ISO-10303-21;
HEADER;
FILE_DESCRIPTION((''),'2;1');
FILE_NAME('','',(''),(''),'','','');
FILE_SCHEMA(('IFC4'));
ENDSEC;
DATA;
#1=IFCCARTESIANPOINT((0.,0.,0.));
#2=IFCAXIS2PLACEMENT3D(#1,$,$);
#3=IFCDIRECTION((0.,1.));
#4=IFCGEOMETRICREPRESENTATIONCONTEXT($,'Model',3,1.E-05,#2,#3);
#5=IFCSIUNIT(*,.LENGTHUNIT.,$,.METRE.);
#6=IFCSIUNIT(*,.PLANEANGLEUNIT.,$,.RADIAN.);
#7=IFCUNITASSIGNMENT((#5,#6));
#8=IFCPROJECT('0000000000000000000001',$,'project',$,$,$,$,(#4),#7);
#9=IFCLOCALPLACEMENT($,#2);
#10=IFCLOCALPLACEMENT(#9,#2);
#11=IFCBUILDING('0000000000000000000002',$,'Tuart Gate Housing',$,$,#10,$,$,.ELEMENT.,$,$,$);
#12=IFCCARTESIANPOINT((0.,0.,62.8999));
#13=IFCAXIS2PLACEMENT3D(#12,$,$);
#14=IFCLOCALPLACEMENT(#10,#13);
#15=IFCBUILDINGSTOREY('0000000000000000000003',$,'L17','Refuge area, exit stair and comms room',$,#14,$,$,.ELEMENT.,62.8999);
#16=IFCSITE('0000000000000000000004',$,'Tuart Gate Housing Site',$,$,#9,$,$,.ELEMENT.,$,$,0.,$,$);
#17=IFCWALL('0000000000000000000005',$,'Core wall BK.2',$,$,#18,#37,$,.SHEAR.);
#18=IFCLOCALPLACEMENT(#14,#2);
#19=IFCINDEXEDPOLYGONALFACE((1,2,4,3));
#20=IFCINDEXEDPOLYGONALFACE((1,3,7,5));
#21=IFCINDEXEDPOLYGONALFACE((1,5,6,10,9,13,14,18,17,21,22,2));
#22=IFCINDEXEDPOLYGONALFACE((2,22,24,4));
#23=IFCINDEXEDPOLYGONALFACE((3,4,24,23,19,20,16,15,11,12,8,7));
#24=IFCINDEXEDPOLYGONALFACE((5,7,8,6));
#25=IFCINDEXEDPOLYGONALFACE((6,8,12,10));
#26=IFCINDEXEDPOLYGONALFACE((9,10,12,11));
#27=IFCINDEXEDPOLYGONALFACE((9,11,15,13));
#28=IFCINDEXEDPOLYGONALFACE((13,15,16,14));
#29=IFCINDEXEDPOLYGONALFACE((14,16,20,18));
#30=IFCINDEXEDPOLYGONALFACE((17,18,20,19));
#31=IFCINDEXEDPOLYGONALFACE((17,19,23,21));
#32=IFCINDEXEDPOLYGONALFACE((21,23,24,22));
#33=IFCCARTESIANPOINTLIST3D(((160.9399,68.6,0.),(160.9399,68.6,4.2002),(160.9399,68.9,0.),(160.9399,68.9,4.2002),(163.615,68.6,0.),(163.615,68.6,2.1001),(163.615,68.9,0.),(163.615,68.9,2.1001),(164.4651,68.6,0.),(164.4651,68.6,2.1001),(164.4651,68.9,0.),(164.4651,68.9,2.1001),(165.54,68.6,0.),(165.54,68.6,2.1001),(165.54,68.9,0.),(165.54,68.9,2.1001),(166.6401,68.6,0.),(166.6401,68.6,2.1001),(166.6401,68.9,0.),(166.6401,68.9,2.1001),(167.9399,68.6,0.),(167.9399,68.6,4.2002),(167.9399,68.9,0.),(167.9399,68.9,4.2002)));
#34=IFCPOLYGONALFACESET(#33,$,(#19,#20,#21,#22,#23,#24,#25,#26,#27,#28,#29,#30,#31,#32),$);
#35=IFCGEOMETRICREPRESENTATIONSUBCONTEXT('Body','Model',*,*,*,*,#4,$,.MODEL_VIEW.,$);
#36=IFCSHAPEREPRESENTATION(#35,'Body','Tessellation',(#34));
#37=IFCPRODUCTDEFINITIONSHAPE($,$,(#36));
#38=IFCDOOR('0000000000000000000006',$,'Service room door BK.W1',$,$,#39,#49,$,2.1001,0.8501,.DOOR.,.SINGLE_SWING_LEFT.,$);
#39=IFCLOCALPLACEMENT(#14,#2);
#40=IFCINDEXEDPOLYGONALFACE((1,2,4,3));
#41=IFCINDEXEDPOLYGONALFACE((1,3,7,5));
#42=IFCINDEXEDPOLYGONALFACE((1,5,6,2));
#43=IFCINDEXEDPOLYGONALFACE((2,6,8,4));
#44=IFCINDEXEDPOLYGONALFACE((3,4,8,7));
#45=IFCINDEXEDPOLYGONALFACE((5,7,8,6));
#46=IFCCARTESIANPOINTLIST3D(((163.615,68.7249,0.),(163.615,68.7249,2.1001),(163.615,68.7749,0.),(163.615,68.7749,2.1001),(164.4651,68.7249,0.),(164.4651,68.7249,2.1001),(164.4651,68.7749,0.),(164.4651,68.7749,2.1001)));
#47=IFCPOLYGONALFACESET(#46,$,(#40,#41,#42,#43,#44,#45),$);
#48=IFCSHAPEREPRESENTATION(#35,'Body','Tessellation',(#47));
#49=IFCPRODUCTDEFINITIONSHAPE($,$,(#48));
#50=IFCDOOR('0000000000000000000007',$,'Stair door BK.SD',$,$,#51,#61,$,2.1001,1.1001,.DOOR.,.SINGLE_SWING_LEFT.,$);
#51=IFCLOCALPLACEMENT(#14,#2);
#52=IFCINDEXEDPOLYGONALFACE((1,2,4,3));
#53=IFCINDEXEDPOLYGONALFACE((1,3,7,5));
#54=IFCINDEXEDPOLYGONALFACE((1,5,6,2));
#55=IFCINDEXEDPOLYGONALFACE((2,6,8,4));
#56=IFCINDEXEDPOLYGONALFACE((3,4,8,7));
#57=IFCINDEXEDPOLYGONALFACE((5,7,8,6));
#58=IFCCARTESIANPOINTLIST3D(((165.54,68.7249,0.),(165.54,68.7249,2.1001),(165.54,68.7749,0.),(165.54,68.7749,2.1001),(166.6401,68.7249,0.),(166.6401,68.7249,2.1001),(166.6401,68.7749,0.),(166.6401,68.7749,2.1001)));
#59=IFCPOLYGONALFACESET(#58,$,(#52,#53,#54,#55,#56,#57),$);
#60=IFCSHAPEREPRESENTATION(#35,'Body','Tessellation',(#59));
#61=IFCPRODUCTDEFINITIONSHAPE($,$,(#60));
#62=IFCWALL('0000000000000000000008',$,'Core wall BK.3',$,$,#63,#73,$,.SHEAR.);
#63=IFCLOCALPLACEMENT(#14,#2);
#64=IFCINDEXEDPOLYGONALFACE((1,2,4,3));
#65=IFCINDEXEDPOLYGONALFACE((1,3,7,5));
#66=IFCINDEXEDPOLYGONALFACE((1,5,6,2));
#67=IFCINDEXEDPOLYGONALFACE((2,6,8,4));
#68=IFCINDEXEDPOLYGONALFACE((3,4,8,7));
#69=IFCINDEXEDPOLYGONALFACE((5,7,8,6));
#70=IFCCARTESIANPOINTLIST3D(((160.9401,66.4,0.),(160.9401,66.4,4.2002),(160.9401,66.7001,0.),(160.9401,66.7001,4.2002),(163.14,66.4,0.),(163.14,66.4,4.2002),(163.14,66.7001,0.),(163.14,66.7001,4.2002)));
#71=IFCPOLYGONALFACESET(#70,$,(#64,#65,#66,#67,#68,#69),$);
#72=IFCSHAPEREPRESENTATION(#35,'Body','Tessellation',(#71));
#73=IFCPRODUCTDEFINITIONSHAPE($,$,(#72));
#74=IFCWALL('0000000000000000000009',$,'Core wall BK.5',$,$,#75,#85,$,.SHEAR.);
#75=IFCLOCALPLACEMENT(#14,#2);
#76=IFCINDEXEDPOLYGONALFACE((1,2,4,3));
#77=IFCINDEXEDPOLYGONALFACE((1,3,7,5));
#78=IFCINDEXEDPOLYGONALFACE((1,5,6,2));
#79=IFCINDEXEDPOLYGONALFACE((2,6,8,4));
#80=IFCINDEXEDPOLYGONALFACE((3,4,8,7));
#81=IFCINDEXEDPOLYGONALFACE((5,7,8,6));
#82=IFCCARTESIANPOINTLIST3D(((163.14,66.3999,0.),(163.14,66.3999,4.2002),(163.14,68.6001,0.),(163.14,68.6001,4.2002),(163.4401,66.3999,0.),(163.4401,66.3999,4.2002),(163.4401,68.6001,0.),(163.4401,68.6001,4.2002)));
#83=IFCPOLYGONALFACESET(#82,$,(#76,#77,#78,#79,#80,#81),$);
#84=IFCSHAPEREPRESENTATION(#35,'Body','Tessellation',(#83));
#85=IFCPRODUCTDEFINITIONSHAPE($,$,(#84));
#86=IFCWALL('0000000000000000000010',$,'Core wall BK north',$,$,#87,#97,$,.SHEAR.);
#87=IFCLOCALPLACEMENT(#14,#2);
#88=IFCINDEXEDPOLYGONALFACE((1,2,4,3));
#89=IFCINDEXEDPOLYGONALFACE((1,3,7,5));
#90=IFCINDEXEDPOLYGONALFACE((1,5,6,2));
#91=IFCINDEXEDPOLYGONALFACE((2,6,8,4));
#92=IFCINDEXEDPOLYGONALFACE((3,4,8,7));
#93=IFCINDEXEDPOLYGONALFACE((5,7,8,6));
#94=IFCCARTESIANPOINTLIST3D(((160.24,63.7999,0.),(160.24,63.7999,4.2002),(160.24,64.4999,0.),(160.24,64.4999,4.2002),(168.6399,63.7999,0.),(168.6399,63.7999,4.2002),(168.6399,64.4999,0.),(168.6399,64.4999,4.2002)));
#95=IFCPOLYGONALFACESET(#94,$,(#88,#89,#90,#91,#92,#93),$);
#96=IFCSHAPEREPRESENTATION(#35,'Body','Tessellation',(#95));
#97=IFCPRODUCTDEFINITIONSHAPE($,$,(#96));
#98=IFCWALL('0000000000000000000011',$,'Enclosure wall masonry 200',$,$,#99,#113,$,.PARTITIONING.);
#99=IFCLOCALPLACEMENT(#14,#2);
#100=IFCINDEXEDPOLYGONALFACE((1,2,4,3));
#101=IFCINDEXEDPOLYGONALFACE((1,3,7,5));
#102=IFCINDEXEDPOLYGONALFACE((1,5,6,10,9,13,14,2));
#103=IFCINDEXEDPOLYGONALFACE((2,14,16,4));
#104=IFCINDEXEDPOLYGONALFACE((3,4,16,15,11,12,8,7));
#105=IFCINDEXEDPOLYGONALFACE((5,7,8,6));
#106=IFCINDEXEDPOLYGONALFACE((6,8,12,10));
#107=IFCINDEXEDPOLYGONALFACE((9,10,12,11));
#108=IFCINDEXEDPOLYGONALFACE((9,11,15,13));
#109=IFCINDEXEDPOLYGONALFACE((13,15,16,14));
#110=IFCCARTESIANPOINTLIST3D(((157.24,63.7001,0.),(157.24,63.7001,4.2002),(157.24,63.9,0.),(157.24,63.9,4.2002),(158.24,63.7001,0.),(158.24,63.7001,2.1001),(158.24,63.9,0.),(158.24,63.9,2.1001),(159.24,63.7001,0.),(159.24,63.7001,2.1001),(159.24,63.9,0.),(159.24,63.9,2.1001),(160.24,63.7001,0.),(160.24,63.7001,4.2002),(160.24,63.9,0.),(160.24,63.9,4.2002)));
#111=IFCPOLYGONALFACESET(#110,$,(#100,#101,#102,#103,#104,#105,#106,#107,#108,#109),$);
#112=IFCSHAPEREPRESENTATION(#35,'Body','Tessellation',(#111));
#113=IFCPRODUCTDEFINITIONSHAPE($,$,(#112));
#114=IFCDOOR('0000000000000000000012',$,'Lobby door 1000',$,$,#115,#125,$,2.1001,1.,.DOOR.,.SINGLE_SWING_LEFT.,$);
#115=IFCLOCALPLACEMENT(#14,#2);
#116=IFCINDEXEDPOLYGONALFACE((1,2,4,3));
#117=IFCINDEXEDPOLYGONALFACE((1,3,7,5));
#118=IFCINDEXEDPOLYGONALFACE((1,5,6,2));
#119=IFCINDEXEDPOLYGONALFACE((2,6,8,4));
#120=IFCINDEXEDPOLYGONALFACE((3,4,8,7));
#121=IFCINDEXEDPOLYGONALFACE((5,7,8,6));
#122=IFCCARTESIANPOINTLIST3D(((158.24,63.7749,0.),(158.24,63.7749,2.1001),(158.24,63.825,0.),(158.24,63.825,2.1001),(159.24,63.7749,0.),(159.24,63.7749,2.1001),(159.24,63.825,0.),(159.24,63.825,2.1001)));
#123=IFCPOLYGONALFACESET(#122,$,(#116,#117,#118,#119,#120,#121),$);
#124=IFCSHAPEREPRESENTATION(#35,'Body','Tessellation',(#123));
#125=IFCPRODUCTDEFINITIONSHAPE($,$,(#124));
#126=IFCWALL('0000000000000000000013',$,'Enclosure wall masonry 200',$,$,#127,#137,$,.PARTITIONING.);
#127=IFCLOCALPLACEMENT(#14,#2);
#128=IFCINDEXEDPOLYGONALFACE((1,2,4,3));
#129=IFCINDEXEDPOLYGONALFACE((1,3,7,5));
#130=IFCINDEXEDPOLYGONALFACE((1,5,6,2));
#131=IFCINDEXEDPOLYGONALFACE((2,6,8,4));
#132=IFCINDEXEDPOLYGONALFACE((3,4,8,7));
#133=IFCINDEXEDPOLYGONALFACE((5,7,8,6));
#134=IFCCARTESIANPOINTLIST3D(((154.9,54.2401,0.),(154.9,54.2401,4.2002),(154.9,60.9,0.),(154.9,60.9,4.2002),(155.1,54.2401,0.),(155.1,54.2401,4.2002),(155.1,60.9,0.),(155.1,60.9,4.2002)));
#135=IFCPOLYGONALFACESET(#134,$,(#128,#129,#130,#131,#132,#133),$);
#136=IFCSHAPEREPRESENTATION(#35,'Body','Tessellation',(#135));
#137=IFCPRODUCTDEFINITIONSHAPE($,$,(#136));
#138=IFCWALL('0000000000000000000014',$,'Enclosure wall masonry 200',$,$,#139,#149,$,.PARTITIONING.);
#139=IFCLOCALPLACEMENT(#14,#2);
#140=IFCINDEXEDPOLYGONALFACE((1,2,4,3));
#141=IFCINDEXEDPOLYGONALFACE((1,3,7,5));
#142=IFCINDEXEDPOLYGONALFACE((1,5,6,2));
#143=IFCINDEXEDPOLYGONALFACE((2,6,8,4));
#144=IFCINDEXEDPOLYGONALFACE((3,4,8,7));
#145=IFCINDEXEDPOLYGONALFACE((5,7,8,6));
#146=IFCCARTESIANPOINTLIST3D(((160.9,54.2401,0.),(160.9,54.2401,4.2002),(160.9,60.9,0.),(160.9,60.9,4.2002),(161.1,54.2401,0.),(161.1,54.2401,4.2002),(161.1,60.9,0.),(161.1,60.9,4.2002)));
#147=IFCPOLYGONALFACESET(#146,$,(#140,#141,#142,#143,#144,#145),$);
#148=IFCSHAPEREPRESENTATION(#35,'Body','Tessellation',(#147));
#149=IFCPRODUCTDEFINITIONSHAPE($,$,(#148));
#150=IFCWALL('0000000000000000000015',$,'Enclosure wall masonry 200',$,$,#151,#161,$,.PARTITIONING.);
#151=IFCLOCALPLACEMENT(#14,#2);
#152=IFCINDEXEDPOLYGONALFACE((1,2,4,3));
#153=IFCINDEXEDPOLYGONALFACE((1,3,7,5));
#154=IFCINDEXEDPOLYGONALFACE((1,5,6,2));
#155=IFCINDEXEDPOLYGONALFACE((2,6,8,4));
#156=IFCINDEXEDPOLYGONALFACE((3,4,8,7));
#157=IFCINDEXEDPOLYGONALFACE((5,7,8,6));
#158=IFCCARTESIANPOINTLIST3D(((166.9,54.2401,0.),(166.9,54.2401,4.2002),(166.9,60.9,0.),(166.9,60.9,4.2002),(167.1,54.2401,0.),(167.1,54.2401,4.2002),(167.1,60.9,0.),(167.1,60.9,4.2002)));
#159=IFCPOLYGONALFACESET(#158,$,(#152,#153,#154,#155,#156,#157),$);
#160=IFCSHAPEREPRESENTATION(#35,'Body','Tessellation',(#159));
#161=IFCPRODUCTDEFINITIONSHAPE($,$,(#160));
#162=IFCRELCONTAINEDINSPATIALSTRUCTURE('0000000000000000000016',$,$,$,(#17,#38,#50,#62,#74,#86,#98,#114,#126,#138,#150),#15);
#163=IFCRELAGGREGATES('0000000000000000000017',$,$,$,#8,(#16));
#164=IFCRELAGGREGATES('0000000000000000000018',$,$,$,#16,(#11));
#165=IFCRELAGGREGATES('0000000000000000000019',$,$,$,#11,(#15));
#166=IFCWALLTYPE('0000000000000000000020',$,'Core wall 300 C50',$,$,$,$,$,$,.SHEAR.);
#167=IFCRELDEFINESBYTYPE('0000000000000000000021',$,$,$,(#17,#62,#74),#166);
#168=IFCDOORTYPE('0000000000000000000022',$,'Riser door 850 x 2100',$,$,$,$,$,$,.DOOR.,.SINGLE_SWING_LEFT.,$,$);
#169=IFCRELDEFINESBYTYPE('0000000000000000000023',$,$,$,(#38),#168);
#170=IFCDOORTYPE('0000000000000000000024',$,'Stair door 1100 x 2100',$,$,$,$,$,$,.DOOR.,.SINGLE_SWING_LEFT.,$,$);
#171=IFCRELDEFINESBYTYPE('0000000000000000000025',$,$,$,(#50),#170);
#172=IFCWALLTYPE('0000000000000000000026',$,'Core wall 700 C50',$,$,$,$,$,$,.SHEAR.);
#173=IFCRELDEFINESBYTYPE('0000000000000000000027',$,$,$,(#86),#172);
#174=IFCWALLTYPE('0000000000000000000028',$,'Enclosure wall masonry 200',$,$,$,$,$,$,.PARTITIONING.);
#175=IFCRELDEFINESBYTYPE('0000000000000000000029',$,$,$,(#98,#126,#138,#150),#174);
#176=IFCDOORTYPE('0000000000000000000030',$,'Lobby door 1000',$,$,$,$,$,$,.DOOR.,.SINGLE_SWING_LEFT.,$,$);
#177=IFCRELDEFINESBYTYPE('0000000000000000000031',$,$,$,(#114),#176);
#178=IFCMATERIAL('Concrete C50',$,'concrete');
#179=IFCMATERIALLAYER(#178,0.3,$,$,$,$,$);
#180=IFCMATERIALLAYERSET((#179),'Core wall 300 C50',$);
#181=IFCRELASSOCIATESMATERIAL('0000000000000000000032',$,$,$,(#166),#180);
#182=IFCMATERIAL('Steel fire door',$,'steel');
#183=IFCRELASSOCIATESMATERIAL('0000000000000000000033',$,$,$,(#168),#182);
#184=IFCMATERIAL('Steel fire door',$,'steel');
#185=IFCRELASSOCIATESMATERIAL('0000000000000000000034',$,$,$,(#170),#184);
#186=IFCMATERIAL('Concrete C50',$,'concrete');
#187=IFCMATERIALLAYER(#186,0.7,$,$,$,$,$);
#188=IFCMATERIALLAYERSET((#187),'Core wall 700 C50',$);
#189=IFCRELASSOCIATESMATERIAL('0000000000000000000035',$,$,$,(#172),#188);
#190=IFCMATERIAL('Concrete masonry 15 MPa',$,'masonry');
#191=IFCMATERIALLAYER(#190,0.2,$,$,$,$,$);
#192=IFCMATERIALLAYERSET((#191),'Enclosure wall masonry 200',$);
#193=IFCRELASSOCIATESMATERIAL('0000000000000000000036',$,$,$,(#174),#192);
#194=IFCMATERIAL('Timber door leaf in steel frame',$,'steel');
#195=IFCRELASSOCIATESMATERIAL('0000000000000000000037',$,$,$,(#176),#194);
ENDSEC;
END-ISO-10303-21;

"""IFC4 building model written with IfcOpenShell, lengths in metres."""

from ifc_helpers import new_model, si_unit, direction, frame, frame_2d, origin, place, context, subcontext, project, spatial, rectangle, extrude, material, layer, layer_set, type_object, element, fill, save


model = new_model("IFC4")

# Units and contexts
model_context = context("Model", 3, precision=1e-05, world=origin(), true_north=direction((0.0, 1.0)))
body_context = subcontext(model_context, "Body", "Model", "MODEL_VIEW")
ifc_project = project(units=[si_unit("LENGTHUNIT", "METRE"), si_unit("PLANEANGLEUNIT", "RADIAN")], contexts=[model_context])

# Site, building, storey
site_placement = place(None, origin())
site = spatial("IfcSite", under=ifc_project, at=site_placement, Name="Tuart Gate Housing Site", CompositionType="ELEMENT", RefElevation=0.0)
building_placement = place(site_placement, origin())
building = spatial("IfcBuilding", under=site, at=building_placement, Name="Tuart Gate Housing", CompositionType="ELEMENT")
storey_placement = place(building_placement, frame((0.0, 0.0, 62.8999)))
storey = spatial("IfcBuildingStorey", under=building, at=storey_placement, Name="L17", Description="Refuge area, exit stair and comms room", CompositionType="ELEMENT", Elevation=62.8999)

# Wall, openings, doors
ifc_material_1 = material(Name="Concrete C50", Category="concrete")
ifc_layer_1 = layer(ifc_material_1, 0.3)
ifc_layer_set_1 = layer_set([ifc_layer_1], Name="Core wall 300 C50")
wall_type_1 = type_object("IfcWallType", Name="Core wall 300 C50", PredefinedType="SHEAR", material=ifc_layer_set_1)
wall_1_placement = place(storey_placement, frame((160.9399, 68.75, 0.0), z_axis=(0.0, 0.0, 1.0), x_axis=(1.0, 0.0, 0.0)))
wall_1 = element("IfcWall", 1, at=wall_1_placement, inside=storey, type_object=wall_type_1, Name="Core wall BK.2", PredefinedType="SHEAR", context=body_context, shape_type="SweptSolid", body=[
    extrude(rectangle(XDim=7.0, YDim=0.3, at=frame_2d((3.5, 0.0))), origin(), (0.0, 0.0, 1.0), 4.2002),
])
opening_1_placement = place(wall_1_placement, frame((4.6001, 0.0, 0.0)))
opening_1 = element("IfcOpeningElement", 2, at=opening_1_placement, cuts=wall_1, PredefinedType="OPENING", context=body_context, shape_type="SweptSolid", body=[
    extrude(rectangle(XDim=1.1001, YDim=2.1001, at=frame_2d((0.55, 1.05))), frame((0.0, 0.1599, 0.0), z_axis=(0.0, -1.0, 0.0), x_axis=(1.0, 0.0, 0.0)), (0.0, 0.0, 1.0), 0.3201),
])
opening_2_placement = place(wall_1_placement, frame((2.675, 0.0, 0.0)))
opening_2 = element("IfcOpeningElement", 3, at=opening_2_placement, cuts=wall_1, PredefinedType="OPENING", context=body_context, shape_type="SweptSolid", body=[
    extrude(rectangle(XDim=0.8501, YDim=2.1001, at=frame_2d((0.425, 1.05))), frame((0.0, 0.1599, 0.0), z_axis=(0.0, -1.0, 0.0), x_axis=(1.0, 0.0, 0.0)), (0.0, 0.0, 1.0), 0.3201),
])
ifc_material_2 = material(Name="Steel fire door", Category="steel")
door_type_1 = type_object("IfcDoorType", Name="Riser door 850 x 2100", OperationType="SINGLE_SWING_LEFT", PredefinedType="DOOR", material=ifc_material_2)
door_1_placement = place(opening_2_placement, origin())
door_1 = element("IfcDoor", 4, at=door_1_placement, inside=storey, type_object=door_type_1, Name="Service room door BK.W1", OperationType="SINGLE_SWING_LEFT", OverallHeight=2.1001, OverallWidth=0.8501, PredefinedType="DOOR", context=body_context, shape_type="SweptSolid", body=[
    extrude(rectangle(XDim=0.8501, YDim=2.1001, at=frame_2d((0.425, 1.05))), frame((0.0, 0.0249, 0.0), z_axis=(0.0, -1.0, 0.0), x_axis=(1.0, 0.0, 0.0)), (0.0, 0.0, 1.0), 0.05),
])
fill(opening_2, door_1)
ifc_material_3 = material(Name="Steel fire door", Category="steel")
door_type_2 = type_object("IfcDoorType", Name="Stair door 1100 x 2100", OperationType="SINGLE_SWING_LEFT", PredefinedType="DOOR", material=ifc_material_3)
door_2_placement = place(opening_1_placement, origin())
door_2 = element("IfcDoor", 5, at=door_2_placement, inside=storey, type_object=door_type_2, Name="Stair door BK.SD", OperationType="SINGLE_SWING_LEFT", OverallHeight=2.1001, OverallWidth=1.1001, PredefinedType="DOOR", context=body_context, shape_type="SweptSolid", body=[
    extrude(rectangle(XDim=1.1001, YDim=2.1001, at=frame_2d((0.55, 1.05))), frame((0.0, 0.0249, 0.0), z_axis=(0.0, -1.0, 0.0), x_axis=(1.0, 0.0, 0.0)), (0.0, 0.0, 1.0), 0.05),
])
fill(opening_1, door_2)

# Walls
wall_2_placement = place(storey_placement, frame((160.9399, 66.55, 0.0), z_axis=(0.0, 0.0, 1.0), x_axis=(1.0, 0.0, 0.0)))
element("IfcWall", 6, at=wall_2_placement, inside=storey, type_object=wall_type_1, Name="Core wall BK.3", PredefinedType="SHEAR", context=body_context, shape_type="SweptSolid", body=[
    extrude(rectangle(XDim=2.2, YDim=0.3, at=frame_2d((1.1001, 0.0))), origin(), (0.0, 0.0, 1.0), 4.2002),
])
wall_3_placement = place(storey_placement, frame((163.29, 68.6001, 0.0), z_axis=(0.0, 0.0, 1.0), x_axis=(0.0, -1.0, 0.0)))
element("IfcWall", 7, at=wall_3_placement, inside=storey, type_object=wall_type_1, Name="Core wall BK.5", PredefinedType="SHEAR", context=body_context, shape_type="SweptSolid", body=[
    extrude(rectangle(XDim=2.2002, YDim=0.3, at=frame_2d((1.1001, 0.0))), origin(), (0.0, 0.0, 1.0), 4.2002),
])
ifc_material_4 = material(Name="Concrete C50", Category="concrete")
ifc_layer_2 = layer(ifc_material_4, 0.7)
ifc_layer_set_2 = layer_set([ifc_layer_2], Name="Core wall 700 C50")
wall_type_2 = type_object("IfcWallType", Name="Core wall 700 C50", PredefinedType="SHEAR", material=ifc_layer_set_2)
wall_4_placement = place(storey_placement, frame((160.24, 64.1499, 0.0), z_axis=(0.0, 0.0, 1.0), x_axis=(1.0, 0.0, 0.0)))
element("IfcWall", 8, at=wall_4_placement, inside=storey, type_object=wall_type_2, Name="Core wall BK north", PredefinedType="SHEAR", context=body_context, shape_type="SweptSolid", body=[
    extrude(rectangle(XDim=8.3999, YDim=0.7, at=frame_2d((4.2, 0.0))), origin(), (0.0, 0.0, 1.0), 4.2002),
])

# Wall, opening, door
ifc_material_5 = material(Name="Concrete masonry 15 MPa", Category="masonry")
ifc_layer_3 = layer(ifc_material_5, 0.2)
ifc_layer_set_3 = layer_set([ifc_layer_3], Name="Enclosure wall masonry 200")
wall_type_3 = type_object("IfcWallType", Name="Enclosure wall masonry 200", PredefinedType="PARTITIONING", material=ifc_layer_set_3)
wall_5_placement = place(storey_placement, frame((157.24, 63.8, 0.0), z_axis=(0.0, 0.0, 1.0), x_axis=(1.0, 0.0, 0.0)))
wall_5 = element("IfcWall", 9, at=wall_5_placement, inside=storey, type_object=wall_type_3, Name="Enclosure wall masonry 200", PredefinedType="PARTITIONING", context=body_context, shape_type="SweptSolid", body=[
    extrude(rectangle(XDim=3.0, YDim=0.2, at=frame_2d((1.5, 0.0))), origin(), (0.0, 0.0, 1.0), 4.2002),
])
opening_3_placement = place(wall_5_placement, frame((1.0, 0.0, 0.0)))
opening_3 = element("IfcOpeningElement", 10, at=opening_3_placement, cuts=wall_5, PredefinedType="OPENING", context=body_context, shape_type="SweptSolid", body=[
    extrude(rectangle(XDim=1.0, YDim=2.1001, at=frame_2d((0.5, 1.05))), frame((0.0, 0.1099, 0.0), z_axis=(0.0, -1.0, 0.0), x_axis=(1.0, 0.0, 0.0)), (0.0, 0.0, 1.0), 0.22),
])
ifc_material_6 = material(Name="Timber door leaf in steel frame", Category="steel")
door_type_3 = type_object("IfcDoorType", Name="Lobby door 1000", OperationType="SINGLE_SWING_LEFT", PredefinedType="DOOR", material=ifc_material_6)
door_3_placement = place(opening_3_placement, origin())
door_3 = element("IfcDoor", 11, at=door_3_placement, inside=storey, type_object=door_type_3, Name="Lobby door 1000", OperationType="SINGLE_SWING_LEFT", OverallHeight=2.1001, OverallWidth=1.0, PredefinedType="DOOR", context=body_context, shape_type="SweptSolid", body=[
    extrude(rectangle(XDim=1.0, YDim=2.1001, at=frame_2d((0.5, 1.05))), frame((0.0, 0.0249, 0.0), z_axis=(0.0, -1.0, 0.0), x_axis=(1.0, 0.0, 0.0)), (0.0, 0.0, 1.0), 0.05),
])
fill(opening_3, door_3)

# Walls
for number, where, z_axis, x_axis, name in (
    (12, (155.0, 54.24, 0.0), (0.0, 0.0, 1.0), (0.0, 1.0, 0.0), "Enclosure wall masonry 200"),
    (13, (161.0, 54.24, 0.0), (0.0, 0.0, 1.0), (0.0, 1.0, 0.0), "Enclosure wall masonry 200"),
    (14, (167.0, 54.24, 0.0), (0.0, 0.0, 1.0), (0.0, 1.0, 0.0), "Enclosure wall masonry 200"),
):
    element("IfcWall", number, at=place(storey_placement, frame(where, z_axis=z_axis, x_axis=x_axis)), inside=storey, type_object=wall_type_3, Name=name, PredefinedType="PARTITIONING", context=body_context, shape_type="SweptSolid", body=[
        extrude(rectangle(XDim=6.6599, YDim=0.2, at=frame_2d((3.3301, 0.0))), origin(), (0.0, 0.0, 1.0), 4.2002),
    ])

save(model, "model.ifc")
